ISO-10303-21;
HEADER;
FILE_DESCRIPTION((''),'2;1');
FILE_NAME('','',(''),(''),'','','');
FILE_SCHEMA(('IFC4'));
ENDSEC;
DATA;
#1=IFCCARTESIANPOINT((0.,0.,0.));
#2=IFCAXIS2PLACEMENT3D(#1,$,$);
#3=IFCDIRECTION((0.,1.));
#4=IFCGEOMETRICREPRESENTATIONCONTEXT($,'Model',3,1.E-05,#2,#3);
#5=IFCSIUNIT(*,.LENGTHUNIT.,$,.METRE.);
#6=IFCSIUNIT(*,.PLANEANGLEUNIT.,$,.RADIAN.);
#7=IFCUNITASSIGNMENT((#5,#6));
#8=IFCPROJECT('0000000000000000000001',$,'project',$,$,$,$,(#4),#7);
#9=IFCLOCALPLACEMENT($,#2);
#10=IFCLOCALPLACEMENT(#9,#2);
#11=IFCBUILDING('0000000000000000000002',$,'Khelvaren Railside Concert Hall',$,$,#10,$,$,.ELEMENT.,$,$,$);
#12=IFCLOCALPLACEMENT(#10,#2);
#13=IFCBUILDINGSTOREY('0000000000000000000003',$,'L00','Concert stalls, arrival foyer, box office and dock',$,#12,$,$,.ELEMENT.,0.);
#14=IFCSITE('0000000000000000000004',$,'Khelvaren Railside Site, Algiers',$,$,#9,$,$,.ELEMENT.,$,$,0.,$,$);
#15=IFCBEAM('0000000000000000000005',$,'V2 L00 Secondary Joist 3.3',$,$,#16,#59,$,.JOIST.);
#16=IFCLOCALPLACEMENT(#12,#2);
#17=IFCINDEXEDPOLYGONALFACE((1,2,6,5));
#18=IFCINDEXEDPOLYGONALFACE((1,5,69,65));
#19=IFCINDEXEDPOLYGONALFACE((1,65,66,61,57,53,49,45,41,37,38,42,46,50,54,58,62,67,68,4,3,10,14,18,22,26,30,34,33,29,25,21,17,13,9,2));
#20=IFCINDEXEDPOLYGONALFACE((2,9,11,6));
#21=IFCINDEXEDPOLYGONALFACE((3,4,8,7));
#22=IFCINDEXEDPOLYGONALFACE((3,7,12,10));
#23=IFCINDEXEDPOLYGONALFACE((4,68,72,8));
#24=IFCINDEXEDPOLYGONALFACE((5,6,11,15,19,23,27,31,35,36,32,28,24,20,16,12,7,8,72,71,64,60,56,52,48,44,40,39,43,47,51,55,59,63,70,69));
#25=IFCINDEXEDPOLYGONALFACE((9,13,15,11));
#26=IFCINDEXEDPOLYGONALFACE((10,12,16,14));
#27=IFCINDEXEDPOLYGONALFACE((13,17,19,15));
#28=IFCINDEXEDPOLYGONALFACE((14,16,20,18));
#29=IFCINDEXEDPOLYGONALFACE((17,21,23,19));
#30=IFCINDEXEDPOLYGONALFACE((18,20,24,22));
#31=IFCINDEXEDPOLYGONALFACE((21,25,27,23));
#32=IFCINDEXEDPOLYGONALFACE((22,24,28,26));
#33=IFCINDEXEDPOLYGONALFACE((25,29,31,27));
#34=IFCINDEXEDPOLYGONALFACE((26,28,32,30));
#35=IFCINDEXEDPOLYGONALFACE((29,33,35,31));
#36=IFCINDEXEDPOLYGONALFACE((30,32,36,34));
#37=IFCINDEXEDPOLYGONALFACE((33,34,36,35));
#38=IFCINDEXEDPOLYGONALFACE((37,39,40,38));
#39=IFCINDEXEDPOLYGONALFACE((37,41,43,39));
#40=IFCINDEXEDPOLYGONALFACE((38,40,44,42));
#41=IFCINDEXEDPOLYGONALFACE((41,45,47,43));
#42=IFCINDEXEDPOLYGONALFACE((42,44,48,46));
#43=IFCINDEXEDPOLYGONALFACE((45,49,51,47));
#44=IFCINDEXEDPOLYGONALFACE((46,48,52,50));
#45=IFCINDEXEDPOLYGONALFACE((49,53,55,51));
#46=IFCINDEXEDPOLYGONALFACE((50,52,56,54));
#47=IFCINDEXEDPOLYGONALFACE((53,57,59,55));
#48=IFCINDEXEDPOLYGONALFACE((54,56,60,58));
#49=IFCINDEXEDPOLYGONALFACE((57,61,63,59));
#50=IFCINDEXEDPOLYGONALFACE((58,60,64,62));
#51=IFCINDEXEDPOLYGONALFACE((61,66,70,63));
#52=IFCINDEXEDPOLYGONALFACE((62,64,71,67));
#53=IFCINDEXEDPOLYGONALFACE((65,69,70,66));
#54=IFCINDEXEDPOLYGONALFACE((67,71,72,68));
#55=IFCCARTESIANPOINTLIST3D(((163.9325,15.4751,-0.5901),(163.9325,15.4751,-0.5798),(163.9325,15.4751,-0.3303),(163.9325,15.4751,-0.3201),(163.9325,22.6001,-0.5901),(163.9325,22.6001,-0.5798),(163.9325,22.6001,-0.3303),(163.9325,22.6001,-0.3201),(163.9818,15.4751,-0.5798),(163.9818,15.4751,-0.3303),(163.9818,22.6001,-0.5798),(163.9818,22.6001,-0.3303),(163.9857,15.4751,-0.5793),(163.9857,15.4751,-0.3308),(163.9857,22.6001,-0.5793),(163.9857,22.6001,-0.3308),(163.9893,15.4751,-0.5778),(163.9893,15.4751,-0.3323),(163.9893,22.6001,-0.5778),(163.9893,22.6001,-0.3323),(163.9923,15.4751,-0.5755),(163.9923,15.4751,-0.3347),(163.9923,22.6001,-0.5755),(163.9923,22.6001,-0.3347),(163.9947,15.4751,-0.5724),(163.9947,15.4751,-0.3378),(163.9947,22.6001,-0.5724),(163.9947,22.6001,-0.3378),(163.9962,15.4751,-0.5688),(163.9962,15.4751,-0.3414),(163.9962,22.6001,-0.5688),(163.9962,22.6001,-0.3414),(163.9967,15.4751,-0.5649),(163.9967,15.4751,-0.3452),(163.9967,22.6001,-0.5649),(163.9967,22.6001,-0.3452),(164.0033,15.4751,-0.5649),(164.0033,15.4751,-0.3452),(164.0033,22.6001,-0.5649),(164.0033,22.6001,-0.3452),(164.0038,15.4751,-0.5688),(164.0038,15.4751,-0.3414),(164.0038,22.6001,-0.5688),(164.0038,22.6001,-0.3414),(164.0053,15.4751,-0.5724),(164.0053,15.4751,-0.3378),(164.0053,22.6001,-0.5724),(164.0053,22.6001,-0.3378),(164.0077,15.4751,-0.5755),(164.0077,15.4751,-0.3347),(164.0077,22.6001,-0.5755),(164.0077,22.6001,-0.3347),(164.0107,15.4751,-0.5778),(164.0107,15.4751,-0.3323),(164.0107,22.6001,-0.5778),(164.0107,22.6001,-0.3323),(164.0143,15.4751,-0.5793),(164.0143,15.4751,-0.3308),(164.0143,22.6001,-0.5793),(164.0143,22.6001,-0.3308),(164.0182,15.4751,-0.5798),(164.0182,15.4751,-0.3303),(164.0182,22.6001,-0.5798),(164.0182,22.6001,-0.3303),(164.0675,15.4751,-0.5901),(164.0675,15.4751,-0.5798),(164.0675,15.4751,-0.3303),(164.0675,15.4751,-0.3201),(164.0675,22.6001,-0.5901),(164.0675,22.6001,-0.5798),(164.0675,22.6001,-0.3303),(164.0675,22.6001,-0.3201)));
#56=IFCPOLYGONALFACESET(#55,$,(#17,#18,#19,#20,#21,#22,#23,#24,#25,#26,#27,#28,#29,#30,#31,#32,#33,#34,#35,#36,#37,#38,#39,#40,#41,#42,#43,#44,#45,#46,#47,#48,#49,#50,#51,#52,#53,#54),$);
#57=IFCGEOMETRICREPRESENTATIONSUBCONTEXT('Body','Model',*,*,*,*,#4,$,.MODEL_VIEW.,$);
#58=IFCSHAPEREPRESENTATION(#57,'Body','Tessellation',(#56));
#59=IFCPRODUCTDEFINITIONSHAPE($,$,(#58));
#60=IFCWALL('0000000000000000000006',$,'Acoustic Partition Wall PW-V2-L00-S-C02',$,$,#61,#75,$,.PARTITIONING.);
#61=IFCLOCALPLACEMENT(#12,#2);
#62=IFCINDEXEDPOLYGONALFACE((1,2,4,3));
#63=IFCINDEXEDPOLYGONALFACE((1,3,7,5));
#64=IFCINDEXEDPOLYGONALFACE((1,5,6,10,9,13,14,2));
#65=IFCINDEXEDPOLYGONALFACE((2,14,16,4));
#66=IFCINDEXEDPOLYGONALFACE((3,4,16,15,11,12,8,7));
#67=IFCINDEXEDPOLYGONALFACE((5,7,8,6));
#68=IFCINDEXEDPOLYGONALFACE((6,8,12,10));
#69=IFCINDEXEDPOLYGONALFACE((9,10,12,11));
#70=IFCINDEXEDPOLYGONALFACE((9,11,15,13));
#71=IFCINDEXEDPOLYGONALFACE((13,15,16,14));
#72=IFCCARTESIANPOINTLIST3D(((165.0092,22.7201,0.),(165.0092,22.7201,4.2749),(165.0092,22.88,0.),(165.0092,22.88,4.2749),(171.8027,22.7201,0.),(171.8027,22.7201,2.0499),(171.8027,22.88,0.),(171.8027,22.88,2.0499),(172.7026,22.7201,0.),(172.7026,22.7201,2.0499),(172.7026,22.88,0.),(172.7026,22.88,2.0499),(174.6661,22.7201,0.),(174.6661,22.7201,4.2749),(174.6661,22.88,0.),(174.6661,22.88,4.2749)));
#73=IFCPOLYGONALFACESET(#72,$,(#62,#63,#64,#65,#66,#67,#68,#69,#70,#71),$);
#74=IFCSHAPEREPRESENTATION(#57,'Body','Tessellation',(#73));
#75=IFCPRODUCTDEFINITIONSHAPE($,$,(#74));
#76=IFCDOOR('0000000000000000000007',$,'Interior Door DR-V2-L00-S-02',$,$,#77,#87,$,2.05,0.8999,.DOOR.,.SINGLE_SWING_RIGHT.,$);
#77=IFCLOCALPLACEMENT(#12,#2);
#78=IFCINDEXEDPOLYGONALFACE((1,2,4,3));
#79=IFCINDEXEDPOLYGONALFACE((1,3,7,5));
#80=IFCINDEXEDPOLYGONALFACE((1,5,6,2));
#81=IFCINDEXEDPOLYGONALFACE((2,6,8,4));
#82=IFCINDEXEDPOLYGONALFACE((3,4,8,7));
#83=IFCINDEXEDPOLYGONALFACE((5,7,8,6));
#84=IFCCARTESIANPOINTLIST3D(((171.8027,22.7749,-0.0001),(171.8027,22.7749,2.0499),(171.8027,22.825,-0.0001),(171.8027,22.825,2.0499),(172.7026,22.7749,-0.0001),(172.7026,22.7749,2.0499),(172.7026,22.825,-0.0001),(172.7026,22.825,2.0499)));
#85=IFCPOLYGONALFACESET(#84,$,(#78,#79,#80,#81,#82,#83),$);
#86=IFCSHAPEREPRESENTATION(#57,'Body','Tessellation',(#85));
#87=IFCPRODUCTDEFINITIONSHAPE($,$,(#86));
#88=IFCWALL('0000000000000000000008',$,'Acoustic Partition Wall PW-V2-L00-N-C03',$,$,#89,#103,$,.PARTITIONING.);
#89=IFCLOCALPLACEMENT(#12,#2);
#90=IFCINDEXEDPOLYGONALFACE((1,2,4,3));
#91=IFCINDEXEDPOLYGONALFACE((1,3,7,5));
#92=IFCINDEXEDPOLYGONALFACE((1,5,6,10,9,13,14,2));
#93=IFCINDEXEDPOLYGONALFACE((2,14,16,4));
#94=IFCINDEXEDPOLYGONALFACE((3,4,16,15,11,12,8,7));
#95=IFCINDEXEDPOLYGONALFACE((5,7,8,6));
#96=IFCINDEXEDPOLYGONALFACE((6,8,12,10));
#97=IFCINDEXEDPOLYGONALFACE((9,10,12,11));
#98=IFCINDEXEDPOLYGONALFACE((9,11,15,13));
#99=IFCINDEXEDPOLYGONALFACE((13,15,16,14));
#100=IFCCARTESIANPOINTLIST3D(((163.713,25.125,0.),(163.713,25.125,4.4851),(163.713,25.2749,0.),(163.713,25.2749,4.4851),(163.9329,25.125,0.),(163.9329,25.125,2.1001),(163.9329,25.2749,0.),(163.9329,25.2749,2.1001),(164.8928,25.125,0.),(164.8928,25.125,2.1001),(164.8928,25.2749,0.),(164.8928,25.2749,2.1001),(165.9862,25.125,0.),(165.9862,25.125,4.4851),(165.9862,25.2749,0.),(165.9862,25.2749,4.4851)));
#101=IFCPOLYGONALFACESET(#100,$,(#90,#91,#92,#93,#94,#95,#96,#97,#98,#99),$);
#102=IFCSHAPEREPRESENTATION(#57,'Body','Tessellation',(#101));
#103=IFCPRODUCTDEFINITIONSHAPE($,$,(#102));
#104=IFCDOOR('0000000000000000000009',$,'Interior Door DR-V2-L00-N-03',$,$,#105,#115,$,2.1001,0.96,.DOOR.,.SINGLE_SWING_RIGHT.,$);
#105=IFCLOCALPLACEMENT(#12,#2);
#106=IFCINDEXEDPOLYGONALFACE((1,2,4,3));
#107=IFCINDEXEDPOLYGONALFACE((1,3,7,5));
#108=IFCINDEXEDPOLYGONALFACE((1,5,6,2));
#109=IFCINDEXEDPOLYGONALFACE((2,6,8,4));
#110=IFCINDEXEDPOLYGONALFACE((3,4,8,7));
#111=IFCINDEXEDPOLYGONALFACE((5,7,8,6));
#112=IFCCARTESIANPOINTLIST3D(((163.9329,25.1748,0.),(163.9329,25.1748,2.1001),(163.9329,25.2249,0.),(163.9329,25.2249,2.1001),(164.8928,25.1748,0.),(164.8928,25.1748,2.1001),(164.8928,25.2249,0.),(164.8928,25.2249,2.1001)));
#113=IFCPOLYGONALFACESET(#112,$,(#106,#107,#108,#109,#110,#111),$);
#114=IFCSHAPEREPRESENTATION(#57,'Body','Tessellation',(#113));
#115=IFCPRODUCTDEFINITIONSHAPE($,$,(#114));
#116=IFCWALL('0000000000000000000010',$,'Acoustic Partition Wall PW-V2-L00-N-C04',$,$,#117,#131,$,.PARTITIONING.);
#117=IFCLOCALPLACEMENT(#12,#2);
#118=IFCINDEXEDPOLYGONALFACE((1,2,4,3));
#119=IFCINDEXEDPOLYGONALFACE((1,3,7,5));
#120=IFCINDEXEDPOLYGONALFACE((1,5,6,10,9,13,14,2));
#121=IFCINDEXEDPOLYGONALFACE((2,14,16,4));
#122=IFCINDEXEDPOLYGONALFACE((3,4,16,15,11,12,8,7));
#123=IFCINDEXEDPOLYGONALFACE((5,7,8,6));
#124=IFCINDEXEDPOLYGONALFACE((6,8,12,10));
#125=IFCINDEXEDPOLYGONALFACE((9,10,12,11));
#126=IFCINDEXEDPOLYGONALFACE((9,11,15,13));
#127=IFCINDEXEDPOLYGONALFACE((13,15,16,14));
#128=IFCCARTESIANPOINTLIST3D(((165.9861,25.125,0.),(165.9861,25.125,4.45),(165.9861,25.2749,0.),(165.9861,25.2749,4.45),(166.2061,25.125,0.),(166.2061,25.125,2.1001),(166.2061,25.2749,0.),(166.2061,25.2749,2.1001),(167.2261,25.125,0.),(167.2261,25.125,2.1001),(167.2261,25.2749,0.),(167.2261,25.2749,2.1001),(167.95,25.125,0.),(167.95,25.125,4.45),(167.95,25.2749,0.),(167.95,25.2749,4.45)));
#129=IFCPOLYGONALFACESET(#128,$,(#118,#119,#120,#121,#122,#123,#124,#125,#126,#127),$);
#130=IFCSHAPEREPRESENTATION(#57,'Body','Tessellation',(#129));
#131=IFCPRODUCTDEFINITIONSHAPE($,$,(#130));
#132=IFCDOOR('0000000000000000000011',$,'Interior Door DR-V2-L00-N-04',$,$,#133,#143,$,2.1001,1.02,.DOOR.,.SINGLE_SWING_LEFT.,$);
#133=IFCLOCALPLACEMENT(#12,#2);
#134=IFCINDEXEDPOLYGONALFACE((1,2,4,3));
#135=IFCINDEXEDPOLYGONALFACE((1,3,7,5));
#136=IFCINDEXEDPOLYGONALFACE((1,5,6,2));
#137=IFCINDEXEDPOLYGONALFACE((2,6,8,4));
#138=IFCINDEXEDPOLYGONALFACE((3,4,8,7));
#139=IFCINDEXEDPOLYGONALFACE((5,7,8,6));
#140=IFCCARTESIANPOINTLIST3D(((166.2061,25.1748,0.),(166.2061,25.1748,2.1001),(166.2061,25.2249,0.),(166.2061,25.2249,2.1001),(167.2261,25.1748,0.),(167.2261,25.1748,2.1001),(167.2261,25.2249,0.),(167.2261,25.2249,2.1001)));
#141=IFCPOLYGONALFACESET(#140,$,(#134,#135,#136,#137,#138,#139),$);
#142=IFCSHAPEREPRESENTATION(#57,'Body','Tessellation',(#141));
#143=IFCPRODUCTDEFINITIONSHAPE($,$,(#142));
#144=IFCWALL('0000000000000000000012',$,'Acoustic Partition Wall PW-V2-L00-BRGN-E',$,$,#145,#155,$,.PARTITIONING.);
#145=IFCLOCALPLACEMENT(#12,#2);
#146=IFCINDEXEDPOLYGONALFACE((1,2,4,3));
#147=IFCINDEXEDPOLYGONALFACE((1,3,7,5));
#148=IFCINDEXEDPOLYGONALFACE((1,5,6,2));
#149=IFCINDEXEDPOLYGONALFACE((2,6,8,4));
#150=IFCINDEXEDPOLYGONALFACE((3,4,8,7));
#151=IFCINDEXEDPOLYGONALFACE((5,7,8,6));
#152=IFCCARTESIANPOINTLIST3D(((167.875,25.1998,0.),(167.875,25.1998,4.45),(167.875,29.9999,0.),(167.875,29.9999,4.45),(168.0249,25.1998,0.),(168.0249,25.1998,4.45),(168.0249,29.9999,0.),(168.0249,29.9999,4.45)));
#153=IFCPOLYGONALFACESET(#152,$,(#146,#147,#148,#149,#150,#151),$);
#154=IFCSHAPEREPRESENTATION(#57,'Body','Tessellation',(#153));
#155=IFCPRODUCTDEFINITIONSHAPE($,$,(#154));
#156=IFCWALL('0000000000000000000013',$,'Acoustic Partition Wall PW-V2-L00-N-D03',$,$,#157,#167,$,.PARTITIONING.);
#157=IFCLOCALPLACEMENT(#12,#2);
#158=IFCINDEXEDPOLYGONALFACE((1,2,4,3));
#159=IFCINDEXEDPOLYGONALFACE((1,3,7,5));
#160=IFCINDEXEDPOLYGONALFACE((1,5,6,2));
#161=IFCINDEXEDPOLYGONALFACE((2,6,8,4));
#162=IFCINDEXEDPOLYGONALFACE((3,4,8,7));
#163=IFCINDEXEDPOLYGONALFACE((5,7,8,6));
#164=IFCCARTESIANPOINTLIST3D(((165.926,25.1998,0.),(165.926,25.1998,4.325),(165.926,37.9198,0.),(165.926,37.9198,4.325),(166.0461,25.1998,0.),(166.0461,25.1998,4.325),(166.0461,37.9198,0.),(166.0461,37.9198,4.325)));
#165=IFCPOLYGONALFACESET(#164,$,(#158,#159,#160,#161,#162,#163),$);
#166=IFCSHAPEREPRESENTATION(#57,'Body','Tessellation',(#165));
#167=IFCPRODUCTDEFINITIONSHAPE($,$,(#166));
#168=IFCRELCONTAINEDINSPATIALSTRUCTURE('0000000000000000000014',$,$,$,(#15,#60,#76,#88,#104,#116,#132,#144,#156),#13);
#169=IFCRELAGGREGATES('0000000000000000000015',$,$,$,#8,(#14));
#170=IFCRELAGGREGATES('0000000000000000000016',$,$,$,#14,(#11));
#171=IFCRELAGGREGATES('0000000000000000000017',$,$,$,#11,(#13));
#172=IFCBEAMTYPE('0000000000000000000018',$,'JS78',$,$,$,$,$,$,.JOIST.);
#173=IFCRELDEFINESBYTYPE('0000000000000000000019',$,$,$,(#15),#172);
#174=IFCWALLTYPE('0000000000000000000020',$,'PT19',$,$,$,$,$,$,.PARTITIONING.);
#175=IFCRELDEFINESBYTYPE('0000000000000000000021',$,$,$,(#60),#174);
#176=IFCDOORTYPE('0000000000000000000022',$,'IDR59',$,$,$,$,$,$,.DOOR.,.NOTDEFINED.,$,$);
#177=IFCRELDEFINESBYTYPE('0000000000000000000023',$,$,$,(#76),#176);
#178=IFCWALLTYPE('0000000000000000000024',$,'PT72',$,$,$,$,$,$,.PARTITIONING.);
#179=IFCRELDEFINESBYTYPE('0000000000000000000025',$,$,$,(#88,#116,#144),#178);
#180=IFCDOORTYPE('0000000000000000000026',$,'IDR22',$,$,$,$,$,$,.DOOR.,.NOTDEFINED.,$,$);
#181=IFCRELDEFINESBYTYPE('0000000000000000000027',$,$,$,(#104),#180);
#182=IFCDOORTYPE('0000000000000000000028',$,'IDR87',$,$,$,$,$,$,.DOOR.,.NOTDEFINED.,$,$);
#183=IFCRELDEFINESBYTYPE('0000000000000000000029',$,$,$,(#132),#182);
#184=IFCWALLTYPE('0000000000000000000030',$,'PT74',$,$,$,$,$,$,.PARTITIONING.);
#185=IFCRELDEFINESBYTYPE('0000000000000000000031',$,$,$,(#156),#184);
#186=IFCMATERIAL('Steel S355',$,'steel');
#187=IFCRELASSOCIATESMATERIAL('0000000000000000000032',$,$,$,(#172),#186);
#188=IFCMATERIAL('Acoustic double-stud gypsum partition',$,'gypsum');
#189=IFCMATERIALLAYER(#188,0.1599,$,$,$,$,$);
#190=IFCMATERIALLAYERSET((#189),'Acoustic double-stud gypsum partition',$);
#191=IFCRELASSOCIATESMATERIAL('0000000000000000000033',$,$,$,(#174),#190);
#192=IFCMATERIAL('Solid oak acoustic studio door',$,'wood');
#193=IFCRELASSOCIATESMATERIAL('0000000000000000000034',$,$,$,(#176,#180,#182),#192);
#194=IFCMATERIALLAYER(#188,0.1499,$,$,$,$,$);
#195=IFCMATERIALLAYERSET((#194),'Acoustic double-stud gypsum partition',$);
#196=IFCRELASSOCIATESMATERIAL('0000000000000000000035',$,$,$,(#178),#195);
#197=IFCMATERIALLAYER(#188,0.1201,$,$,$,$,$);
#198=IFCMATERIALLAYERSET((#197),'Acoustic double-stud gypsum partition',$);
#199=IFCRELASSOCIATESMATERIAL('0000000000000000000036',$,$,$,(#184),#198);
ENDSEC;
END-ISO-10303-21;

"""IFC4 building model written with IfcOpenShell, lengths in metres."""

from ifc_helpers import new_model, si_unit, direction, frame, frame_2d, origin, origin_2d, place, context, subcontext, project, spatial, rectangle, i_section, extrude, material, layer, layer_set, material_profile, profile_set, type_object, element, fill, save


model = new_model("IFC4")

# Units and contexts
model_context = context("Model", 3, precision=1e-05, world=origin(), true_north=direction((0.0, 1.0)))
body_context = subcontext(model_context, "Body", "Model", "MODEL_VIEW")
ifc_project = project(units=[si_unit("LENGTHUNIT", "METRE"), si_unit("PLANEANGLEUNIT", "RADIAN")], contexts=[model_context])

# Site, building, storey
site_placement = place(None, origin())
site = spatial("IfcSite", under=ifc_project, at=site_placement, Name="Khelvaren Railside Site, Algiers", CompositionType="ELEMENT", RefElevation=0.0)
building_placement = place(site_placement, origin())
building = spatial("IfcBuilding", under=site, at=building_placement, Name="Khelvaren Railside Concert Hall", CompositionType="ELEMENT")
storey_placement = place(building_placement, origin())
storey = spatial("IfcBuildingStorey", under=building, at=storey_placement, Name="L00", Description="Concert stalls, arrival foyer, box office and dock", CompositionType="ELEMENT", Elevation=0.0)

# Beam
ifc_material_1 = material(Name="Steel S355", Category="steel")
ifc_material_profile_1 = material_profile(ifc_material_1, i_section(OverallWidth=0.135, OverallDepth=0.27, WebThickness=0.0066, FlangeThickness=0.0103, FilletRadius=0.0149, at=origin_2d()), Name="IPE 270")
ifc_profile_set_1 = profile_set([ifc_material_profile_1], Name="Steel S355")
beam_type_1 = type_object("IfcBeamType", Name="JS78", PredefinedType="JOIST", material=ifc_profile_set_1)
for number, where, z_axis, x_axis, name in (
    (1, (164.0, 15.4751, -0.4551), (0.0, 1.0, 0.0), (-1.0, 0.0, 0.0), "V2 L00 Secondary Joist 3.3"),
):
    element("IfcBeam", number, at=place(storey_placement, frame(where, z_axis=z_axis, x_axis=x_axis)), inside=storey, type_object=beam_type_1, Name=name, PredefinedType="JOIST", context=body_context, shape_type="SweptSolid", body=[
        extrude(i_section(OverallWidth=0.135, OverallDepth=0.27, WebThickness=0.0066, FlangeThickness=0.0103, FilletRadius=0.0149, at=origin_2d()), origin(), (0.0, 0.0, 1.0), 7.125),
    ])

# Walls, openings, doors
ifc_material_2 = material(Name="Acoustic double-stud gypsum partition", Category="gypsum")
ifc_layer_1 = layer(ifc_material_2, 0.1599)
ifc_layer_set_1 = layer_set([ifc_layer_1], Name="Acoustic double-stud gypsum partition")
wall_type_1 = type_object("IfcWallType", Name="PT19", PredefinedType="PARTITIONING", material=ifc_layer_set_1)
wall_1_placement = place(storey_placement, frame((165.009, 22.8, 0.0), z_axis=(0.0, 0.0, 1.0), x_axis=(1.0, 0.0, 0.0)))
wall_1 = element("IfcWall", 2, at=wall_1_placement, inside=storey, type_object=wall_type_1, Name="Acoustic Partition Wall PW-V2-L00-S-C02", PredefinedType="PARTITIONING", context=body_context, shape_type="SweptSolid", body=[
    extrude(rectangle(XDim=9.657, YDim=0.1599, at=frame_2d((4.8286, 0.0))), origin(), (0.0, 0.0, 1.0), 4.2749),
])
opening_1_placement = place(wall_1_placement, frame((6.7937, 0.0, 0.0)))
opening_1 = element("IfcOpeningElement", 3, at=opening_1_placement, cuts=wall_1, PredefinedType="OPENING", context=body_context, shape_type="SweptSolid", body=[
    extrude(rectangle(XDim=0.8999, YDim=2.05, at=frame_2d((0.45, 1.0249))), frame((0.0, 0.0898, 0.0), z_axis=(0.0, -1.0, 0.0), x_axis=(1.0, 0.0, 0.0)), (0.0, 0.0, 1.0), 0.1799),
])
ifc_material_3 = material(Name="Solid oak acoustic studio door", Category="wood")
door_type_1 = type_object("IfcDoorType", Name="IDR59", OperationType="NOTDEFINED", PredefinedType="DOOR", material=ifc_material_3)
door_1_placement = place(opening_1_placement, origin())
door_1 = element("IfcDoor", 4, at=door_1_placement, inside=storey, type_object=door_type_1, Name="Interior Door DR-V2-L00-S-02", OperationType="SINGLE_SWING_RIGHT", OverallHeight=2.05, OverallWidth=0.8999, PredefinedType="DOOR", context=body_context, shape_type="SweptSolid", body=[
    extrude(rectangle(XDim=0.8999, YDim=2.05, at=frame_2d((0.45, 1.0249))), frame((0.0, 0.0249, 0.0), z_axis=(0.0, -1.0, 0.0), x_axis=(1.0, 0.0, 0.0)), (0.0, 0.0, 1.0), 0.05),
])
fill(opening_1, door_1)
ifc_layer_2 = layer(ifc_material_2, 0.1499)
ifc_layer_set_2 = layer_set([ifc_layer_2], Name="Acoustic double-stud gypsum partition")
wall_type_2 = type_object("IfcWallType", Name="PT72", PredefinedType="PARTITIONING", material=ifc_layer_set_2)
wall_2_placement = place(storey_placement, frame((163.7129, 25.2, 0.0), z_axis=(0.0, 0.0, 1.0), x_axis=(1.0, 0.0, 0.0)))
wall_2 = element("IfcWall", 5, at=wall_2_placement, inside=storey, type_object=wall_type_2, Name="Acoustic Partition Wall PW-V2-L00-N-C03", PredefinedType="PARTITIONING", context=body_context, shape_type="SweptSolid", body=[
    extrude(rectangle(XDim=2.2732, YDim=0.1499, at=frame_2d((1.1367, 0.0))), origin(), (0.0, 0.0, 1.0), 4.4851),
])
opening_2_placement = place(wall_2_placement, frame((0.22, 0.0, 0.0)))
opening_2 = element("IfcOpeningElement", 6, at=opening_2_placement, cuts=wall_2, PredefinedType="OPENING", context=body_context, shape_type="SweptSolid", body=[
    extrude(rectangle(XDim=0.96, YDim=2.1001, at=frame_2d((0.48, 1.05))), frame((0.0, 0.085, 0.0), z_axis=(0.0, -1.0, 0.0), x_axis=(1.0, 0.0, 0.0)), (0.0, 0.0, 1.0), 0.1699),
])
door_type_2 = type_object("IfcDoorType", Name="IDR22", OperationType="NOTDEFINED", PredefinedType="DOOR", material=ifc_material_3)
door_2_placement = place(opening_2_placement, origin())
door_2 = element("IfcDoor", 7, at=door_2_placement, inside=storey, type_object=door_type_2, Name="Interior Door DR-V2-L00-N-03", OperationType="SINGLE_SWING_RIGHT", OverallHeight=2.1001, OverallWidth=0.96, PredefinedType="DOOR", context=body_context, shape_type="SweptSolid", body=[
    extrude(rectangle(XDim=0.96, YDim=2.1001, at=frame_2d((0.48, 1.05))), frame((0.0, 0.0249, 0.0), z_axis=(0.0, -1.0, 0.0), x_axis=(1.0, 0.0, 0.0)), (0.0, 0.0, 1.0), 0.05),
])
fill(opening_2, door_2)
wall_3_placement = place(storey_placement, frame((165.9861, 25.2, 0.0), z_axis=(0.0, 0.0, 1.0), x_axis=(1.0, 0.0, 0.0)))
wall_3 = element("IfcWall", 8, at=wall_3_placement, inside=storey, type_object=wall_type_2, Name="Acoustic Partition Wall PW-V2-L00-N-C04", PredefinedType="PARTITIONING", context=body_context, shape_type="SweptSolid", body=[
    extrude(rectangle(XDim=1.9639, YDim=0.1499, at=frame_2d((0.9819, 0.0))), origin(), (0.0, 0.0, 1.0), 4.45),
])
opening_3_placement = place(wall_3_placement, frame((0.22, 0.0, 0.0)))
opening_3 = element("IfcOpeningElement", 9, at=opening_3_placement, cuts=wall_3, PredefinedType="OPENING", context=body_context, shape_type="SweptSolid", body=[
    extrude(rectangle(XDim=1.02, YDim=2.1001, at=frame_2d((0.51, 1.05))), frame((0.0, 0.085, 0.0), z_axis=(0.0, -1.0, 0.0), x_axis=(1.0, 0.0, 0.0)), (0.0, 0.0, 1.0), 0.1699),
])
door_type_3 = type_object("IfcDoorType", Name="IDR87", OperationType="NOTDEFINED", PredefinedType="DOOR", material=ifc_material_3)
door_3_placement = place(opening_3_placement, origin())
door_3 = element("IfcDoor", 10, at=door_3_placement, inside=storey, type_object=door_type_3, Name="Interior Door DR-V2-L00-N-04", OperationType="SINGLE_SWING_LEFT", OverallHeight=2.1001, OverallWidth=1.02, PredefinedType="DOOR", context=body_context, shape_type="SweptSolid", body=[
    extrude(rectangle(XDim=1.02, YDim=2.1001, at=frame_2d((0.51, 1.05))), frame((0.0, 0.0249, 0.0), z_axis=(0.0, -1.0, 0.0), x_axis=(1.0, 0.0, 0.0)), (0.0, 0.0, 1.0), 0.05),
])
fill(opening_3, door_3)

# Walls
wall_4_placement = place(storey_placement, frame((167.95, 25.2, 0.0), z_axis=(0.0, 0.0, 1.0), x_axis=(0.0, 1.0, 0.0)))
element("IfcWall", 11, at=wall_4_placement, inside=storey, type_object=wall_type_2, Name="Acoustic Partition Wall PW-V2-L00-BRGN-E", PredefinedType="PARTITIONING", context=body_context, shape_type="SweptSolid", body=[
    extrude(rectangle(XDim=4.8, YDim=0.1499, at=frame_2d((2.3999, 0.0))), origin(), (0.0, 0.0, 1.0), 4.45),
])
ifc_layer_3 = layer(ifc_material_2, 0.1201)
ifc_layer_set_3 = layer_set([ifc_layer_3], Name="Acoustic double-stud gypsum partition")
wall_type_3 = type_object("IfcWallType", Name="PT74", PredefinedType="PARTITIONING", material=ifc_layer_set_3)
wall_5_placement = place(storey_placement, frame((165.9861, 25.2, 0.0), z_axis=(0.0, 0.0, 1.0), x_axis=(0.0, 1.0, 0.0)))
element("IfcWall", 12, at=wall_5_placement, inside=storey, type_object=wall_type_3, Name="Acoustic Partition Wall PW-V2-L00-N-D03", PredefinedType="PARTITIONING", context=body_context, shape_type="SweptSolid", body=[
    extrude(rectangle(XDim=12.72, YDim=0.1201, at=frame_2d((6.3599, 0.0))), origin(), (0.0, 0.0, 1.0), 4.325),
])

save(model, "model.ifc")
